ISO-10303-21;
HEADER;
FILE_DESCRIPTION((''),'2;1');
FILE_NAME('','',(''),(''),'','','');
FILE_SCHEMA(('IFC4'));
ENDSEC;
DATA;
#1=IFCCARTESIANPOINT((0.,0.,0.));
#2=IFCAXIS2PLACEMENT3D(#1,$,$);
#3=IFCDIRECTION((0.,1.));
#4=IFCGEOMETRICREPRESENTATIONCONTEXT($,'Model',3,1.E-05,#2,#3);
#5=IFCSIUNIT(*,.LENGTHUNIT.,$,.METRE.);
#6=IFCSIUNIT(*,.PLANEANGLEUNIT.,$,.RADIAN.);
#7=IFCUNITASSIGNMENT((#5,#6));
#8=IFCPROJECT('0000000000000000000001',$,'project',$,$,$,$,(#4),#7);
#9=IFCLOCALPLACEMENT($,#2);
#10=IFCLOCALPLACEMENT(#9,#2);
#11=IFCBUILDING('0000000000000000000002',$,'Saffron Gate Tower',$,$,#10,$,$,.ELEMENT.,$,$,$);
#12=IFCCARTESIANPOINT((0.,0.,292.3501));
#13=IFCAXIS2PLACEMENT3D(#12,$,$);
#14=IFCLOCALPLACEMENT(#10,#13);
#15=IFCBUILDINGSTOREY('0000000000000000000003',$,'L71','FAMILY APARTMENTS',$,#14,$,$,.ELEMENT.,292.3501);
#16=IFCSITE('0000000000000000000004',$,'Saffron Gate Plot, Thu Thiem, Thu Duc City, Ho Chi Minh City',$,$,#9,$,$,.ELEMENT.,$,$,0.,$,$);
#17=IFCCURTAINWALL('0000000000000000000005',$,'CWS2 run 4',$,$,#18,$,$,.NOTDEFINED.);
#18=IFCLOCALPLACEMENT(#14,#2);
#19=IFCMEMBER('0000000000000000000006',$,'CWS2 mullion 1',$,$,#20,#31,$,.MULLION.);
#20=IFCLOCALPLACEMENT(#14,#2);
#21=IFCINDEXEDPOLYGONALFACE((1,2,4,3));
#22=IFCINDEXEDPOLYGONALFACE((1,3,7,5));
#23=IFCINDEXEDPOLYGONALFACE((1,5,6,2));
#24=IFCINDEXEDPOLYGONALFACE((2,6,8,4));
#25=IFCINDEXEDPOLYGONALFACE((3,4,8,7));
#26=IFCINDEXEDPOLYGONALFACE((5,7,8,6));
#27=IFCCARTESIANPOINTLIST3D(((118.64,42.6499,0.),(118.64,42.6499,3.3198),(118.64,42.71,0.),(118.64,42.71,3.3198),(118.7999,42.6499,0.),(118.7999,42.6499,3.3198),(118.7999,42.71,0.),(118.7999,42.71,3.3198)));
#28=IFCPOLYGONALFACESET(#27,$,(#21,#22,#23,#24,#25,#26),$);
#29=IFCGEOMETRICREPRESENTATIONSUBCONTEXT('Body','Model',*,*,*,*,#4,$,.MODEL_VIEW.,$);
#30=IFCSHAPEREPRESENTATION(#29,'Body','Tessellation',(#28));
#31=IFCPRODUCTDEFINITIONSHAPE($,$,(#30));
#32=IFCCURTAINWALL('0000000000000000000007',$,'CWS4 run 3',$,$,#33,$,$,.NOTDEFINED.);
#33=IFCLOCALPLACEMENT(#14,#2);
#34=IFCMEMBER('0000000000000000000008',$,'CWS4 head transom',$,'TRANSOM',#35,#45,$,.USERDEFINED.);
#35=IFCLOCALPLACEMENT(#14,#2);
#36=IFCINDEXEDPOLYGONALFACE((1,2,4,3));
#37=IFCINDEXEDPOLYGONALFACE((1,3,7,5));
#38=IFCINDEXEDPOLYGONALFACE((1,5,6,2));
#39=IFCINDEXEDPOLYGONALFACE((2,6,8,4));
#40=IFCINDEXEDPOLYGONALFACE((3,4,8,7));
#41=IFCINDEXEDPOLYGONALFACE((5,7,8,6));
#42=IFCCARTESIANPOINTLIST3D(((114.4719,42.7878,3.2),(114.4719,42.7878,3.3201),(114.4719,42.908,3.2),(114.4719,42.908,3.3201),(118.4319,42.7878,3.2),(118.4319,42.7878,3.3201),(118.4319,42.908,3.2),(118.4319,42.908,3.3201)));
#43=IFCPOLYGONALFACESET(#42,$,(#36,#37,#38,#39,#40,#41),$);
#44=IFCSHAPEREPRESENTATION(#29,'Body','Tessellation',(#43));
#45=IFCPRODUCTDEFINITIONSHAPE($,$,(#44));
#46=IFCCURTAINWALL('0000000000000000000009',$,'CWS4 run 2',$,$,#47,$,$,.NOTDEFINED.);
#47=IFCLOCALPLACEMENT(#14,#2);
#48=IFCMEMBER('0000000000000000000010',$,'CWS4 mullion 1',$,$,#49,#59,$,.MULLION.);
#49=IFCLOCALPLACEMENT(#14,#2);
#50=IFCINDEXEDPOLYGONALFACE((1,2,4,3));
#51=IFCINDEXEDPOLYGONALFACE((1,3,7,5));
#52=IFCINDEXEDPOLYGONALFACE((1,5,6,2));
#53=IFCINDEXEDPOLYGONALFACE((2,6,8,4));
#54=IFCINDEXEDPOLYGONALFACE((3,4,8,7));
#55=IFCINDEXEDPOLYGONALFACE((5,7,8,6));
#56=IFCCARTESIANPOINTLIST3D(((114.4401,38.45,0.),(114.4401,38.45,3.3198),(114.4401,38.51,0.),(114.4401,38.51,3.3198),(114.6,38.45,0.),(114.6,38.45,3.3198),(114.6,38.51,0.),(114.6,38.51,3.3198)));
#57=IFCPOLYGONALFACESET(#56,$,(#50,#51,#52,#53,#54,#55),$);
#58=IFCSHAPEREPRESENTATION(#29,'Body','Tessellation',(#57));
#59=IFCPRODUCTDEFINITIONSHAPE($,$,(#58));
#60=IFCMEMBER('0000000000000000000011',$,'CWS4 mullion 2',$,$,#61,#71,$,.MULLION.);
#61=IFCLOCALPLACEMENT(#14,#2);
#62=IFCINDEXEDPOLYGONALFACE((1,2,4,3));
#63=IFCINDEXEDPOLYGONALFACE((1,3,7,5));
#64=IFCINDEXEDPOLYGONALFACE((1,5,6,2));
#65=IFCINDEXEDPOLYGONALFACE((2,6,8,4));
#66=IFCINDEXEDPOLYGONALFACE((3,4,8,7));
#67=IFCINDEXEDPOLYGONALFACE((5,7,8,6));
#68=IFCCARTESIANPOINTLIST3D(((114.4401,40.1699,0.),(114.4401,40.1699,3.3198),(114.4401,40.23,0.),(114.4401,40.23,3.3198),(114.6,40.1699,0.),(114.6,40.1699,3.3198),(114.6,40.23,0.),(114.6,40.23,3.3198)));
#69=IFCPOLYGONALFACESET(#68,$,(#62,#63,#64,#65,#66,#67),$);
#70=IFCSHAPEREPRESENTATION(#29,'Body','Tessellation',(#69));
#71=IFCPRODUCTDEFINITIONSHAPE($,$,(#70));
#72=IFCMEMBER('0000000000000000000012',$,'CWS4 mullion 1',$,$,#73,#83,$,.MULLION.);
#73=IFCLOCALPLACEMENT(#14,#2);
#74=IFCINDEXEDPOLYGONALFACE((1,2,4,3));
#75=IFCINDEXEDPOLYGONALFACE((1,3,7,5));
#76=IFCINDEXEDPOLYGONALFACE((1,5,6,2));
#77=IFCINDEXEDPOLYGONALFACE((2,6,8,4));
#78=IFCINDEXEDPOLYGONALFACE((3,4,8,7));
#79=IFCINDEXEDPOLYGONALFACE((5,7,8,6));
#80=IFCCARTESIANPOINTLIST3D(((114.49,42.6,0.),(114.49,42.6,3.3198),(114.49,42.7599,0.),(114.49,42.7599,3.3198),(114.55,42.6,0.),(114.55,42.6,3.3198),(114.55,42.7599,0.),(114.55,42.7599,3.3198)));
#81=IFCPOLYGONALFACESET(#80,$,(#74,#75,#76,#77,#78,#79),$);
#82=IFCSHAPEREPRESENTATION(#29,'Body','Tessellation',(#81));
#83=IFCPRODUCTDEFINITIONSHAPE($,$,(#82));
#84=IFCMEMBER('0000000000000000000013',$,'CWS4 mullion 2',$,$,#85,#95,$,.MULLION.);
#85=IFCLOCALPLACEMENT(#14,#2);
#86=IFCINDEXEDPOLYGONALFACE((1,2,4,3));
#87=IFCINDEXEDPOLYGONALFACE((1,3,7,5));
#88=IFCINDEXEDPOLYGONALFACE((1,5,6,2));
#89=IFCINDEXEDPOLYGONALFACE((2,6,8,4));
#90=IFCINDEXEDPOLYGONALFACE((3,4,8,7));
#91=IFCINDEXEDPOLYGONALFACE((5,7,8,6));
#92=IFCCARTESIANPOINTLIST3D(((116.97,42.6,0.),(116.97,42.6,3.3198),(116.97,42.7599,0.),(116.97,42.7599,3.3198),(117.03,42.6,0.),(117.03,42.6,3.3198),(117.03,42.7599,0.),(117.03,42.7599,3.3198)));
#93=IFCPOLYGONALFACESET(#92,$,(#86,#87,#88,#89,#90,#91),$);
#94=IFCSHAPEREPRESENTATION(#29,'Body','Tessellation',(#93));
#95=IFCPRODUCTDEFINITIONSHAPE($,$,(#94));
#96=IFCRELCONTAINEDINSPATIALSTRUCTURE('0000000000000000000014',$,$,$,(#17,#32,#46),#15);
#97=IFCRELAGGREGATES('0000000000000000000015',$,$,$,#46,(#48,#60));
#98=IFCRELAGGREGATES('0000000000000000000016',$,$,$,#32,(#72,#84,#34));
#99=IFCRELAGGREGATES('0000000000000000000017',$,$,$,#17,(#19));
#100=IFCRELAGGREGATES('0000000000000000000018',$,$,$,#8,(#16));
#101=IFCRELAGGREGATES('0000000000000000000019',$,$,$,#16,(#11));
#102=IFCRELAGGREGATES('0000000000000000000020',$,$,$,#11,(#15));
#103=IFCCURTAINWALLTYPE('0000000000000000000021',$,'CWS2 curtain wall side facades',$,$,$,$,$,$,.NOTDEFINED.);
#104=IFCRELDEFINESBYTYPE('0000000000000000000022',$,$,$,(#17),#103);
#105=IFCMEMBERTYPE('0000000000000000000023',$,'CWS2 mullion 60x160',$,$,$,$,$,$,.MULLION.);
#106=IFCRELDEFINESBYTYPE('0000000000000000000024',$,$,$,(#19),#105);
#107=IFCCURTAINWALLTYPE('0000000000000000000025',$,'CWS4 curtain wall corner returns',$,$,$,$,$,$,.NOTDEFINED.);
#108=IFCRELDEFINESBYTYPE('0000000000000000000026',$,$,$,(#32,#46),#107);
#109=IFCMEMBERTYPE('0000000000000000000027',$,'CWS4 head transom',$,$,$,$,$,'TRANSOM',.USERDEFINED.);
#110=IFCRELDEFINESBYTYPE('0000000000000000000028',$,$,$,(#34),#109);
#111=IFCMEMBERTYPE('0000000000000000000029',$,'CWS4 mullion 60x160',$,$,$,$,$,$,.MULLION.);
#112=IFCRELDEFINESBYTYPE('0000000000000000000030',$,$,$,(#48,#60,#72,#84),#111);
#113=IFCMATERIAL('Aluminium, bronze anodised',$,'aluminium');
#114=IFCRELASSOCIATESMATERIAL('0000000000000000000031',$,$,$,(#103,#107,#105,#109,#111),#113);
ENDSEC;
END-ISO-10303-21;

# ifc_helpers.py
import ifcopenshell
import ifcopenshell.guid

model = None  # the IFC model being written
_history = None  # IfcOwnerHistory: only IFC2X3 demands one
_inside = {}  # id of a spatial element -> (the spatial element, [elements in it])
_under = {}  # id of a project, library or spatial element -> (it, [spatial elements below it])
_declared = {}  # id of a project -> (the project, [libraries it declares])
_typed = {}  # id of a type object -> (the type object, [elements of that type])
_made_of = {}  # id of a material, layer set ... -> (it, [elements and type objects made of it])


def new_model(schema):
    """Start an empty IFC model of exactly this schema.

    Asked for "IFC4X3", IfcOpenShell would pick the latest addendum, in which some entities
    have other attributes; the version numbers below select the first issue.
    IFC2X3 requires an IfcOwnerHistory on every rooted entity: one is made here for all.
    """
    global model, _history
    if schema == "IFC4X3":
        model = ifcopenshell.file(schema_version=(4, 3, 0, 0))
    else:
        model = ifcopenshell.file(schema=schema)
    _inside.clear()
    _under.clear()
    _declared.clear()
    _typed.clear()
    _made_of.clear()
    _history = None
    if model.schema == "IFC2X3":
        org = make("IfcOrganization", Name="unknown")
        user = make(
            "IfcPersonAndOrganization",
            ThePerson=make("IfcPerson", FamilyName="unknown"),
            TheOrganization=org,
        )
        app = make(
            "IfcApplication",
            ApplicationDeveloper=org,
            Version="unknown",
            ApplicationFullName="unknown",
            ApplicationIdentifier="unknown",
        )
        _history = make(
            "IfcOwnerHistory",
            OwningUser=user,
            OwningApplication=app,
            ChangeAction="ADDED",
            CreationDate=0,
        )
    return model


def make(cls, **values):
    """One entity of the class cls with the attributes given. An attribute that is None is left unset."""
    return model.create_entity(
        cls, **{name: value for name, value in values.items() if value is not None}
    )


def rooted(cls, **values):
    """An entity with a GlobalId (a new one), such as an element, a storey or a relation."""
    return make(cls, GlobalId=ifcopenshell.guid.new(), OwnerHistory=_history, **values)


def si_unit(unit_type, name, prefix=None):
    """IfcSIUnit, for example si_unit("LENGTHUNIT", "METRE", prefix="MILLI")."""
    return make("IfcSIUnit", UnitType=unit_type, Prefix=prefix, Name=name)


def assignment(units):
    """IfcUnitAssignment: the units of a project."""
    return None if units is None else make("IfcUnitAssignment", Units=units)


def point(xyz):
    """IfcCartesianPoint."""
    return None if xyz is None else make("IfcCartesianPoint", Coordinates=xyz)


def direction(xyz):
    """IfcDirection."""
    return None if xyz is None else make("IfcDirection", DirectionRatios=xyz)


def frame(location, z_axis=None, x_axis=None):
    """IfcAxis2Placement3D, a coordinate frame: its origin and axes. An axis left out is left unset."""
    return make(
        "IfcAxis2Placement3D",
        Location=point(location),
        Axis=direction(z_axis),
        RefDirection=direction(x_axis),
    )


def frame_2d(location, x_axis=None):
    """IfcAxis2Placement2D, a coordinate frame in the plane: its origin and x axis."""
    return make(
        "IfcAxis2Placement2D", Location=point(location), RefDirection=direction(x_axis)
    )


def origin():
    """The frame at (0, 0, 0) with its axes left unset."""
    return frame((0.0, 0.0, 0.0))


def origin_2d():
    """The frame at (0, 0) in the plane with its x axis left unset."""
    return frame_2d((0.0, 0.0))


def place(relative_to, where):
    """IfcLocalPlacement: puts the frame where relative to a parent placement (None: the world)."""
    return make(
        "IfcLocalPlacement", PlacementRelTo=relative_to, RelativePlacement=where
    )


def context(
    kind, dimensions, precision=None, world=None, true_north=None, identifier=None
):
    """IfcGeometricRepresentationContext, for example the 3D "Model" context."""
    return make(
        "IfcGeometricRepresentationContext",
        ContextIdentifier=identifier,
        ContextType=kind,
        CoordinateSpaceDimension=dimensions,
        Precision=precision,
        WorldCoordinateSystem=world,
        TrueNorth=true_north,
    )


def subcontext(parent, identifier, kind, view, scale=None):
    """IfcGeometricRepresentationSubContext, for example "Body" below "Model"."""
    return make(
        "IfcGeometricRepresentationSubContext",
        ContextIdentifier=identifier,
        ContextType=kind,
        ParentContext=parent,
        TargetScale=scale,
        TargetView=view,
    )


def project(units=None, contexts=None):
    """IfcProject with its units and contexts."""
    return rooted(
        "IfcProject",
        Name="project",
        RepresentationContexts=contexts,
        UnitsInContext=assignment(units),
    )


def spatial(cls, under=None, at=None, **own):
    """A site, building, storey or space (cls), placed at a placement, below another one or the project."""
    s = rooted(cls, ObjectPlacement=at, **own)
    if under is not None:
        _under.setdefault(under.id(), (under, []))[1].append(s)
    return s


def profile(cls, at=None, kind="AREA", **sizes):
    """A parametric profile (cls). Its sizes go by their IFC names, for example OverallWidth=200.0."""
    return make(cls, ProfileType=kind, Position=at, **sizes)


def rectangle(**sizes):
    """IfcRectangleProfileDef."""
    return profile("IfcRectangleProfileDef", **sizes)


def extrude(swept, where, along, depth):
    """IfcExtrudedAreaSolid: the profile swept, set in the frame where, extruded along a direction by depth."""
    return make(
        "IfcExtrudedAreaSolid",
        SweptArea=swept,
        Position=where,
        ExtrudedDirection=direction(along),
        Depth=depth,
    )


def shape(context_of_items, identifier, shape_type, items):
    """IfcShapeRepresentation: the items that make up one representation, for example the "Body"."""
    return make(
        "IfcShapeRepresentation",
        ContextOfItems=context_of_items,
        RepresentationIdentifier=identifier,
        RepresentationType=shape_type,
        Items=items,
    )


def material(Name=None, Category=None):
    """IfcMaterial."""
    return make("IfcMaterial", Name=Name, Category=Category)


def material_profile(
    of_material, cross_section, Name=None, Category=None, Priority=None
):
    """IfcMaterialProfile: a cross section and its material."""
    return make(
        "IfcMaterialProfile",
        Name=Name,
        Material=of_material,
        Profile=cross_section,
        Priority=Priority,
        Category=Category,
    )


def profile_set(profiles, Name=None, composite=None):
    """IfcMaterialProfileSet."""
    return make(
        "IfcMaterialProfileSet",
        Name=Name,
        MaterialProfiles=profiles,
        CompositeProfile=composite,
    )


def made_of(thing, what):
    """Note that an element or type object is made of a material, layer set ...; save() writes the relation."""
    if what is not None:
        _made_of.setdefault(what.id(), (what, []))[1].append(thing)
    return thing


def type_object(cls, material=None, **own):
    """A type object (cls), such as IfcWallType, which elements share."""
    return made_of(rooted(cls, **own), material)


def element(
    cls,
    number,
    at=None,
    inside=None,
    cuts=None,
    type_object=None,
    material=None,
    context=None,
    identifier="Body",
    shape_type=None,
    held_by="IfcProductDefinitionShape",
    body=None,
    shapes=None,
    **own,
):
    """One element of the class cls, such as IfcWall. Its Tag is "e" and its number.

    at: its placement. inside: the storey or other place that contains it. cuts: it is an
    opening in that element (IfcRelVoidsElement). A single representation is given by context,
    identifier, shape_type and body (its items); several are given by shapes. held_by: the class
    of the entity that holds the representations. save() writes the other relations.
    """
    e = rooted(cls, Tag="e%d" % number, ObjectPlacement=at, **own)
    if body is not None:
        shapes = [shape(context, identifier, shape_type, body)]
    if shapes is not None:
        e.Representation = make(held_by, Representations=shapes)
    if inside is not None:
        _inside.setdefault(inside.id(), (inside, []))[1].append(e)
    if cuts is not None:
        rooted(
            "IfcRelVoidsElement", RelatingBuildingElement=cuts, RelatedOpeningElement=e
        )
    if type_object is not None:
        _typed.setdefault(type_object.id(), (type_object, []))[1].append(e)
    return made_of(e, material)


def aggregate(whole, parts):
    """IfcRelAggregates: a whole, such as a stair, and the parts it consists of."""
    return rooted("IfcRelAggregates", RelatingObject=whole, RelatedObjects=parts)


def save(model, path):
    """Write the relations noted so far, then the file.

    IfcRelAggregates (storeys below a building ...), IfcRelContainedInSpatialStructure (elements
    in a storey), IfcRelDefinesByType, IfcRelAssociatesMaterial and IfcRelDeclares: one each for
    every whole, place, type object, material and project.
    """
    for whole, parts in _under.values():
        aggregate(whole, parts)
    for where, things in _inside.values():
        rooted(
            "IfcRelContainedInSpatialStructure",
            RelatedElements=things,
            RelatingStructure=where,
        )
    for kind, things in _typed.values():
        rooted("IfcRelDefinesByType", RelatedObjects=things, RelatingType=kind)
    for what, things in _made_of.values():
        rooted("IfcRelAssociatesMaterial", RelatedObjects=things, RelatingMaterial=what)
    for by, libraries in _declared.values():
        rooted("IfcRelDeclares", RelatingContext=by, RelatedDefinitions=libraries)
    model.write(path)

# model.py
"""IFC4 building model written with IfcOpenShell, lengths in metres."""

from ifc_helpers import new_model, si_unit, direction, frame, origin, origin_2d, place, context, subcontext, project, spatial, rectangle, extrude, material, material_profile, profile_set, type_object, element, aggregate, save


model = new_model("IFC4")

# Units and contexts
model_context = context("Model", 3, precision=1e-05, world=origin(), true_north=direction((0.0, 1.0)))
body_context = subcontext(model_context, "Body", "Model", "MODEL_VIEW")
ifc_project = project(units=[si_unit("LENGTHUNIT", "METRE"), si_unit("PLANEANGLEUNIT", "RADIAN")], contexts=[model_context])

# Site, building, storey
site_placement = place(None, origin())
site = spatial("IfcSite", under=ifc_project, at=site_placement, Name="Saffron Gate Plot, Thu Thiem, Thu Duc City, Ho Chi Minh City", CompositionType="ELEMENT", RefElevation=0.0)
building_placement = place(site_placement, origin())
building = spatial("IfcBuilding", under=site, at=building_placement, Name="Saffron Gate Tower", CompositionType="ELEMENT")
storey_placement = place(building_placement, frame((0.0, 0.0, 292.3501)))
storey = spatial("IfcBuildingStorey", under=building, at=storey_placement, Name="L71", Description="FAMILY APARTMENTS", CompositionType="ELEMENT", Elevation=292.3501)

# Curtain walls, members
ifc_material_1 = material(Name="Aluminium, bronze anodised", Category="aluminium")
curtain_wall_type_1 = type_object("IfcCurtainWallType", Name="CWS2 curtain wall side facades", PredefinedType="NOTDEFINED", material=ifc_material_1)
curtain_wall_1_placement = place(storey_placement, origin())
curtain_wall_1 = element("IfcCurtainWall", 1, at=curtain_wall_1_placement, inside=storey, type_object=curtain_wall_type_1, Name="CWS2 run 4", PredefinedType="NOTDEFINED")
ifc_material_profile_1 = material_profile(ifc_material_1, rectangle(XDim=0.1599, YDim=0.0601, at=origin_2d()))
ifc_profile_set_1 = profile_set([ifc_material_profile_1], Name="Aluminium, bronze anodised")
member_type_1 = type_object("IfcMemberType", Name="CWS2 mullion 60x160", PredefinedType="MULLION", material=ifc_profile_set_1)
member_1_placement = place(storey_placement, frame((118.72, 42.6799, 0.0), z_axis=(0.0, 0.0, 1.0), x_axis=(-1.0, 0.0, 0.0)))
member_1 = element("IfcMember", 2, at=member_1_placement, type_object=member_type_1, Name="CWS2 mullion 1", PredefinedType="MULLION", context=body_context, shape_type="SweptSolid", body=[
    extrude(rectangle(XDim=0.1599, YDim=0.0601, at=origin_2d()), origin(), (0.0, 0.0, 1.0), 3.3198),
])
curtain_wall_type_2 = type_object("IfcCurtainWallType", Name="CWS4 curtain wall corner returns", PredefinedType="NOTDEFINED", material=ifc_material_1)
curtain_wall_2_placement = place(storey_placement, origin())
curtain_wall_2 = element("IfcCurtainWall", 3, at=curtain_wall_2_placement, inside=storey, type_object=curtain_wall_type_2, Name="CWS4 run 3", PredefinedType="NOTDEFINED")
ifc_material_profile_2 = material_profile(ifc_material_1, rectangle(XDim=0.1201, YDim=0.1201, at=origin_2d()))
ifc_profile_set_2 = profile_set([ifc_material_profile_2], Name="Aluminium, bronze anodised")
member_type_2 = type_object("IfcMemberType", Name="CWS4 head transom", ElementType="TRANSOM", PredefinedType="USERDEFINED", material=ifc_profile_set_2)
member_2_placement = place(storey_placement, frame((114.4719, 42.8479, 3.26), z_axis=(1.0, 0.0, 0.0), x_axis=(0.0, 1.0, 0.0)))
member_2 = element("IfcMember", 4, at=member_2_placement, type_object=member_type_2, Name="CWS4 head transom", ObjectType="TRANSOM", PredefinedType="USERDEFINED", context=body_context, shape_type="SweptSolid", body=[
    extrude(rectangle(XDim=0.1201, YDim=0.1201, at=origin_2d()), origin(), (0.0, 0.0, 1.0), 3.96),
])

# Curtain wall, members
curtain_wall_3_placement = place(storey_placement, origin())
curtain_wall_3 = element("IfcCurtainWall", 5, at=curtain_wall_3_placement, inside=storey, type_object=curtain_wall_type_2, Name="CWS4 run 2", PredefinedType="NOTDEFINED")
ifc_material_profile_3 = material_profile(ifc_material_1, rectangle(XDim=0.1599, YDim=0.0601, at=origin_2d()))
ifc_profile_set_3 = profile_set([ifc_material_profile_3], Name="Aluminium, bronze anodised")
member_type_3 = type_object("IfcMemberType", Name="CWS4 mullion 60x160", PredefinedType="MULLION", material=ifc_profile_set_3)
member_3_placement = place(storey_placement, frame((114.52, 38.48, 0.0), z_axis=(0.0, 0.0, 1.0), x_axis=(-1.0, 0.0, 0.0)))
member_3 = element("IfcMember", 6, at=member_3_placement, type_object=member_type_3, Name="CWS4 mullion 1", PredefinedType="MULLION", context=body_context, shape_type="SweptSolid", body=[
    extrude(rectangle(XDim=0.1599, YDim=0.0601, at=origin_2d()), origin(), (0.0, 0.0, 1.0), 3.3198),
])
member_4_placement = place(storey_placement, frame((114.52, 40.2, 0.0), z_axis=(0.0, 0.0, 1.0), x_axis=(-1.0, 0.0, 0.0)))
member_4 = element("IfcMember", 7, at=member_4_placement, type_object=member_type_3, Name="CWS4 mullion 2", PredefinedType="MULLION", context=body_context, shape_type="SweptSolid", body=[
    extrude(rectangle(XDim=0.1599, YDim=0.0601, at=origin_2d()), origin(), (0.0, 0.0, 1.0), 3.3198),
])
aggregate(curtain_wall_3, [member_3, member_4])

# Members
member_5_placement = place(storey_placement, frame((114.52, 42.6799, 0.0), z_axis=(0.0, 0.0, 1.0), x_axis=(0.0, 1.0, 0.0)))
member_5 = element("IfcMember", 8, at=member_5_placement, type_object=member_type_3, Name="CWS4 mullion 1", PredefinedType="MULLION", context=body_context, shape_type="SweptSolid", body=[
    extrude(rectangle(XDim=0.1599, YDim=0.0601, at=origin_2d()), origin(), (0.0, 0.0, 1.0), 3.3198),
])
member_6_placement = place(storey_placement, frame((117.0, 42.6799, 0.0), z_axis=(0.0, 0.0, 1.0), x_axis=(0.0, 1.0, 0.0)))
member_6 = element("IfcMember", 9, at=member_6_placement, type_object=member_type_3, Name="CWS4 mullion 2", PredefinedType="MULLION", context=body_context, shape_type="SweptSolid", body=[
    extrude(rectangle(XDim=0.1599, YDim=0.0601, at=origin_2d()), origin(), (0.0, 0.0, 1.0), 3.3198),
])
aggregate(curtain_wall_2, [member_5, member_6, member_2])

aggregate(curtain_wall_1, [member_1])

save(model, "model.ifc")
